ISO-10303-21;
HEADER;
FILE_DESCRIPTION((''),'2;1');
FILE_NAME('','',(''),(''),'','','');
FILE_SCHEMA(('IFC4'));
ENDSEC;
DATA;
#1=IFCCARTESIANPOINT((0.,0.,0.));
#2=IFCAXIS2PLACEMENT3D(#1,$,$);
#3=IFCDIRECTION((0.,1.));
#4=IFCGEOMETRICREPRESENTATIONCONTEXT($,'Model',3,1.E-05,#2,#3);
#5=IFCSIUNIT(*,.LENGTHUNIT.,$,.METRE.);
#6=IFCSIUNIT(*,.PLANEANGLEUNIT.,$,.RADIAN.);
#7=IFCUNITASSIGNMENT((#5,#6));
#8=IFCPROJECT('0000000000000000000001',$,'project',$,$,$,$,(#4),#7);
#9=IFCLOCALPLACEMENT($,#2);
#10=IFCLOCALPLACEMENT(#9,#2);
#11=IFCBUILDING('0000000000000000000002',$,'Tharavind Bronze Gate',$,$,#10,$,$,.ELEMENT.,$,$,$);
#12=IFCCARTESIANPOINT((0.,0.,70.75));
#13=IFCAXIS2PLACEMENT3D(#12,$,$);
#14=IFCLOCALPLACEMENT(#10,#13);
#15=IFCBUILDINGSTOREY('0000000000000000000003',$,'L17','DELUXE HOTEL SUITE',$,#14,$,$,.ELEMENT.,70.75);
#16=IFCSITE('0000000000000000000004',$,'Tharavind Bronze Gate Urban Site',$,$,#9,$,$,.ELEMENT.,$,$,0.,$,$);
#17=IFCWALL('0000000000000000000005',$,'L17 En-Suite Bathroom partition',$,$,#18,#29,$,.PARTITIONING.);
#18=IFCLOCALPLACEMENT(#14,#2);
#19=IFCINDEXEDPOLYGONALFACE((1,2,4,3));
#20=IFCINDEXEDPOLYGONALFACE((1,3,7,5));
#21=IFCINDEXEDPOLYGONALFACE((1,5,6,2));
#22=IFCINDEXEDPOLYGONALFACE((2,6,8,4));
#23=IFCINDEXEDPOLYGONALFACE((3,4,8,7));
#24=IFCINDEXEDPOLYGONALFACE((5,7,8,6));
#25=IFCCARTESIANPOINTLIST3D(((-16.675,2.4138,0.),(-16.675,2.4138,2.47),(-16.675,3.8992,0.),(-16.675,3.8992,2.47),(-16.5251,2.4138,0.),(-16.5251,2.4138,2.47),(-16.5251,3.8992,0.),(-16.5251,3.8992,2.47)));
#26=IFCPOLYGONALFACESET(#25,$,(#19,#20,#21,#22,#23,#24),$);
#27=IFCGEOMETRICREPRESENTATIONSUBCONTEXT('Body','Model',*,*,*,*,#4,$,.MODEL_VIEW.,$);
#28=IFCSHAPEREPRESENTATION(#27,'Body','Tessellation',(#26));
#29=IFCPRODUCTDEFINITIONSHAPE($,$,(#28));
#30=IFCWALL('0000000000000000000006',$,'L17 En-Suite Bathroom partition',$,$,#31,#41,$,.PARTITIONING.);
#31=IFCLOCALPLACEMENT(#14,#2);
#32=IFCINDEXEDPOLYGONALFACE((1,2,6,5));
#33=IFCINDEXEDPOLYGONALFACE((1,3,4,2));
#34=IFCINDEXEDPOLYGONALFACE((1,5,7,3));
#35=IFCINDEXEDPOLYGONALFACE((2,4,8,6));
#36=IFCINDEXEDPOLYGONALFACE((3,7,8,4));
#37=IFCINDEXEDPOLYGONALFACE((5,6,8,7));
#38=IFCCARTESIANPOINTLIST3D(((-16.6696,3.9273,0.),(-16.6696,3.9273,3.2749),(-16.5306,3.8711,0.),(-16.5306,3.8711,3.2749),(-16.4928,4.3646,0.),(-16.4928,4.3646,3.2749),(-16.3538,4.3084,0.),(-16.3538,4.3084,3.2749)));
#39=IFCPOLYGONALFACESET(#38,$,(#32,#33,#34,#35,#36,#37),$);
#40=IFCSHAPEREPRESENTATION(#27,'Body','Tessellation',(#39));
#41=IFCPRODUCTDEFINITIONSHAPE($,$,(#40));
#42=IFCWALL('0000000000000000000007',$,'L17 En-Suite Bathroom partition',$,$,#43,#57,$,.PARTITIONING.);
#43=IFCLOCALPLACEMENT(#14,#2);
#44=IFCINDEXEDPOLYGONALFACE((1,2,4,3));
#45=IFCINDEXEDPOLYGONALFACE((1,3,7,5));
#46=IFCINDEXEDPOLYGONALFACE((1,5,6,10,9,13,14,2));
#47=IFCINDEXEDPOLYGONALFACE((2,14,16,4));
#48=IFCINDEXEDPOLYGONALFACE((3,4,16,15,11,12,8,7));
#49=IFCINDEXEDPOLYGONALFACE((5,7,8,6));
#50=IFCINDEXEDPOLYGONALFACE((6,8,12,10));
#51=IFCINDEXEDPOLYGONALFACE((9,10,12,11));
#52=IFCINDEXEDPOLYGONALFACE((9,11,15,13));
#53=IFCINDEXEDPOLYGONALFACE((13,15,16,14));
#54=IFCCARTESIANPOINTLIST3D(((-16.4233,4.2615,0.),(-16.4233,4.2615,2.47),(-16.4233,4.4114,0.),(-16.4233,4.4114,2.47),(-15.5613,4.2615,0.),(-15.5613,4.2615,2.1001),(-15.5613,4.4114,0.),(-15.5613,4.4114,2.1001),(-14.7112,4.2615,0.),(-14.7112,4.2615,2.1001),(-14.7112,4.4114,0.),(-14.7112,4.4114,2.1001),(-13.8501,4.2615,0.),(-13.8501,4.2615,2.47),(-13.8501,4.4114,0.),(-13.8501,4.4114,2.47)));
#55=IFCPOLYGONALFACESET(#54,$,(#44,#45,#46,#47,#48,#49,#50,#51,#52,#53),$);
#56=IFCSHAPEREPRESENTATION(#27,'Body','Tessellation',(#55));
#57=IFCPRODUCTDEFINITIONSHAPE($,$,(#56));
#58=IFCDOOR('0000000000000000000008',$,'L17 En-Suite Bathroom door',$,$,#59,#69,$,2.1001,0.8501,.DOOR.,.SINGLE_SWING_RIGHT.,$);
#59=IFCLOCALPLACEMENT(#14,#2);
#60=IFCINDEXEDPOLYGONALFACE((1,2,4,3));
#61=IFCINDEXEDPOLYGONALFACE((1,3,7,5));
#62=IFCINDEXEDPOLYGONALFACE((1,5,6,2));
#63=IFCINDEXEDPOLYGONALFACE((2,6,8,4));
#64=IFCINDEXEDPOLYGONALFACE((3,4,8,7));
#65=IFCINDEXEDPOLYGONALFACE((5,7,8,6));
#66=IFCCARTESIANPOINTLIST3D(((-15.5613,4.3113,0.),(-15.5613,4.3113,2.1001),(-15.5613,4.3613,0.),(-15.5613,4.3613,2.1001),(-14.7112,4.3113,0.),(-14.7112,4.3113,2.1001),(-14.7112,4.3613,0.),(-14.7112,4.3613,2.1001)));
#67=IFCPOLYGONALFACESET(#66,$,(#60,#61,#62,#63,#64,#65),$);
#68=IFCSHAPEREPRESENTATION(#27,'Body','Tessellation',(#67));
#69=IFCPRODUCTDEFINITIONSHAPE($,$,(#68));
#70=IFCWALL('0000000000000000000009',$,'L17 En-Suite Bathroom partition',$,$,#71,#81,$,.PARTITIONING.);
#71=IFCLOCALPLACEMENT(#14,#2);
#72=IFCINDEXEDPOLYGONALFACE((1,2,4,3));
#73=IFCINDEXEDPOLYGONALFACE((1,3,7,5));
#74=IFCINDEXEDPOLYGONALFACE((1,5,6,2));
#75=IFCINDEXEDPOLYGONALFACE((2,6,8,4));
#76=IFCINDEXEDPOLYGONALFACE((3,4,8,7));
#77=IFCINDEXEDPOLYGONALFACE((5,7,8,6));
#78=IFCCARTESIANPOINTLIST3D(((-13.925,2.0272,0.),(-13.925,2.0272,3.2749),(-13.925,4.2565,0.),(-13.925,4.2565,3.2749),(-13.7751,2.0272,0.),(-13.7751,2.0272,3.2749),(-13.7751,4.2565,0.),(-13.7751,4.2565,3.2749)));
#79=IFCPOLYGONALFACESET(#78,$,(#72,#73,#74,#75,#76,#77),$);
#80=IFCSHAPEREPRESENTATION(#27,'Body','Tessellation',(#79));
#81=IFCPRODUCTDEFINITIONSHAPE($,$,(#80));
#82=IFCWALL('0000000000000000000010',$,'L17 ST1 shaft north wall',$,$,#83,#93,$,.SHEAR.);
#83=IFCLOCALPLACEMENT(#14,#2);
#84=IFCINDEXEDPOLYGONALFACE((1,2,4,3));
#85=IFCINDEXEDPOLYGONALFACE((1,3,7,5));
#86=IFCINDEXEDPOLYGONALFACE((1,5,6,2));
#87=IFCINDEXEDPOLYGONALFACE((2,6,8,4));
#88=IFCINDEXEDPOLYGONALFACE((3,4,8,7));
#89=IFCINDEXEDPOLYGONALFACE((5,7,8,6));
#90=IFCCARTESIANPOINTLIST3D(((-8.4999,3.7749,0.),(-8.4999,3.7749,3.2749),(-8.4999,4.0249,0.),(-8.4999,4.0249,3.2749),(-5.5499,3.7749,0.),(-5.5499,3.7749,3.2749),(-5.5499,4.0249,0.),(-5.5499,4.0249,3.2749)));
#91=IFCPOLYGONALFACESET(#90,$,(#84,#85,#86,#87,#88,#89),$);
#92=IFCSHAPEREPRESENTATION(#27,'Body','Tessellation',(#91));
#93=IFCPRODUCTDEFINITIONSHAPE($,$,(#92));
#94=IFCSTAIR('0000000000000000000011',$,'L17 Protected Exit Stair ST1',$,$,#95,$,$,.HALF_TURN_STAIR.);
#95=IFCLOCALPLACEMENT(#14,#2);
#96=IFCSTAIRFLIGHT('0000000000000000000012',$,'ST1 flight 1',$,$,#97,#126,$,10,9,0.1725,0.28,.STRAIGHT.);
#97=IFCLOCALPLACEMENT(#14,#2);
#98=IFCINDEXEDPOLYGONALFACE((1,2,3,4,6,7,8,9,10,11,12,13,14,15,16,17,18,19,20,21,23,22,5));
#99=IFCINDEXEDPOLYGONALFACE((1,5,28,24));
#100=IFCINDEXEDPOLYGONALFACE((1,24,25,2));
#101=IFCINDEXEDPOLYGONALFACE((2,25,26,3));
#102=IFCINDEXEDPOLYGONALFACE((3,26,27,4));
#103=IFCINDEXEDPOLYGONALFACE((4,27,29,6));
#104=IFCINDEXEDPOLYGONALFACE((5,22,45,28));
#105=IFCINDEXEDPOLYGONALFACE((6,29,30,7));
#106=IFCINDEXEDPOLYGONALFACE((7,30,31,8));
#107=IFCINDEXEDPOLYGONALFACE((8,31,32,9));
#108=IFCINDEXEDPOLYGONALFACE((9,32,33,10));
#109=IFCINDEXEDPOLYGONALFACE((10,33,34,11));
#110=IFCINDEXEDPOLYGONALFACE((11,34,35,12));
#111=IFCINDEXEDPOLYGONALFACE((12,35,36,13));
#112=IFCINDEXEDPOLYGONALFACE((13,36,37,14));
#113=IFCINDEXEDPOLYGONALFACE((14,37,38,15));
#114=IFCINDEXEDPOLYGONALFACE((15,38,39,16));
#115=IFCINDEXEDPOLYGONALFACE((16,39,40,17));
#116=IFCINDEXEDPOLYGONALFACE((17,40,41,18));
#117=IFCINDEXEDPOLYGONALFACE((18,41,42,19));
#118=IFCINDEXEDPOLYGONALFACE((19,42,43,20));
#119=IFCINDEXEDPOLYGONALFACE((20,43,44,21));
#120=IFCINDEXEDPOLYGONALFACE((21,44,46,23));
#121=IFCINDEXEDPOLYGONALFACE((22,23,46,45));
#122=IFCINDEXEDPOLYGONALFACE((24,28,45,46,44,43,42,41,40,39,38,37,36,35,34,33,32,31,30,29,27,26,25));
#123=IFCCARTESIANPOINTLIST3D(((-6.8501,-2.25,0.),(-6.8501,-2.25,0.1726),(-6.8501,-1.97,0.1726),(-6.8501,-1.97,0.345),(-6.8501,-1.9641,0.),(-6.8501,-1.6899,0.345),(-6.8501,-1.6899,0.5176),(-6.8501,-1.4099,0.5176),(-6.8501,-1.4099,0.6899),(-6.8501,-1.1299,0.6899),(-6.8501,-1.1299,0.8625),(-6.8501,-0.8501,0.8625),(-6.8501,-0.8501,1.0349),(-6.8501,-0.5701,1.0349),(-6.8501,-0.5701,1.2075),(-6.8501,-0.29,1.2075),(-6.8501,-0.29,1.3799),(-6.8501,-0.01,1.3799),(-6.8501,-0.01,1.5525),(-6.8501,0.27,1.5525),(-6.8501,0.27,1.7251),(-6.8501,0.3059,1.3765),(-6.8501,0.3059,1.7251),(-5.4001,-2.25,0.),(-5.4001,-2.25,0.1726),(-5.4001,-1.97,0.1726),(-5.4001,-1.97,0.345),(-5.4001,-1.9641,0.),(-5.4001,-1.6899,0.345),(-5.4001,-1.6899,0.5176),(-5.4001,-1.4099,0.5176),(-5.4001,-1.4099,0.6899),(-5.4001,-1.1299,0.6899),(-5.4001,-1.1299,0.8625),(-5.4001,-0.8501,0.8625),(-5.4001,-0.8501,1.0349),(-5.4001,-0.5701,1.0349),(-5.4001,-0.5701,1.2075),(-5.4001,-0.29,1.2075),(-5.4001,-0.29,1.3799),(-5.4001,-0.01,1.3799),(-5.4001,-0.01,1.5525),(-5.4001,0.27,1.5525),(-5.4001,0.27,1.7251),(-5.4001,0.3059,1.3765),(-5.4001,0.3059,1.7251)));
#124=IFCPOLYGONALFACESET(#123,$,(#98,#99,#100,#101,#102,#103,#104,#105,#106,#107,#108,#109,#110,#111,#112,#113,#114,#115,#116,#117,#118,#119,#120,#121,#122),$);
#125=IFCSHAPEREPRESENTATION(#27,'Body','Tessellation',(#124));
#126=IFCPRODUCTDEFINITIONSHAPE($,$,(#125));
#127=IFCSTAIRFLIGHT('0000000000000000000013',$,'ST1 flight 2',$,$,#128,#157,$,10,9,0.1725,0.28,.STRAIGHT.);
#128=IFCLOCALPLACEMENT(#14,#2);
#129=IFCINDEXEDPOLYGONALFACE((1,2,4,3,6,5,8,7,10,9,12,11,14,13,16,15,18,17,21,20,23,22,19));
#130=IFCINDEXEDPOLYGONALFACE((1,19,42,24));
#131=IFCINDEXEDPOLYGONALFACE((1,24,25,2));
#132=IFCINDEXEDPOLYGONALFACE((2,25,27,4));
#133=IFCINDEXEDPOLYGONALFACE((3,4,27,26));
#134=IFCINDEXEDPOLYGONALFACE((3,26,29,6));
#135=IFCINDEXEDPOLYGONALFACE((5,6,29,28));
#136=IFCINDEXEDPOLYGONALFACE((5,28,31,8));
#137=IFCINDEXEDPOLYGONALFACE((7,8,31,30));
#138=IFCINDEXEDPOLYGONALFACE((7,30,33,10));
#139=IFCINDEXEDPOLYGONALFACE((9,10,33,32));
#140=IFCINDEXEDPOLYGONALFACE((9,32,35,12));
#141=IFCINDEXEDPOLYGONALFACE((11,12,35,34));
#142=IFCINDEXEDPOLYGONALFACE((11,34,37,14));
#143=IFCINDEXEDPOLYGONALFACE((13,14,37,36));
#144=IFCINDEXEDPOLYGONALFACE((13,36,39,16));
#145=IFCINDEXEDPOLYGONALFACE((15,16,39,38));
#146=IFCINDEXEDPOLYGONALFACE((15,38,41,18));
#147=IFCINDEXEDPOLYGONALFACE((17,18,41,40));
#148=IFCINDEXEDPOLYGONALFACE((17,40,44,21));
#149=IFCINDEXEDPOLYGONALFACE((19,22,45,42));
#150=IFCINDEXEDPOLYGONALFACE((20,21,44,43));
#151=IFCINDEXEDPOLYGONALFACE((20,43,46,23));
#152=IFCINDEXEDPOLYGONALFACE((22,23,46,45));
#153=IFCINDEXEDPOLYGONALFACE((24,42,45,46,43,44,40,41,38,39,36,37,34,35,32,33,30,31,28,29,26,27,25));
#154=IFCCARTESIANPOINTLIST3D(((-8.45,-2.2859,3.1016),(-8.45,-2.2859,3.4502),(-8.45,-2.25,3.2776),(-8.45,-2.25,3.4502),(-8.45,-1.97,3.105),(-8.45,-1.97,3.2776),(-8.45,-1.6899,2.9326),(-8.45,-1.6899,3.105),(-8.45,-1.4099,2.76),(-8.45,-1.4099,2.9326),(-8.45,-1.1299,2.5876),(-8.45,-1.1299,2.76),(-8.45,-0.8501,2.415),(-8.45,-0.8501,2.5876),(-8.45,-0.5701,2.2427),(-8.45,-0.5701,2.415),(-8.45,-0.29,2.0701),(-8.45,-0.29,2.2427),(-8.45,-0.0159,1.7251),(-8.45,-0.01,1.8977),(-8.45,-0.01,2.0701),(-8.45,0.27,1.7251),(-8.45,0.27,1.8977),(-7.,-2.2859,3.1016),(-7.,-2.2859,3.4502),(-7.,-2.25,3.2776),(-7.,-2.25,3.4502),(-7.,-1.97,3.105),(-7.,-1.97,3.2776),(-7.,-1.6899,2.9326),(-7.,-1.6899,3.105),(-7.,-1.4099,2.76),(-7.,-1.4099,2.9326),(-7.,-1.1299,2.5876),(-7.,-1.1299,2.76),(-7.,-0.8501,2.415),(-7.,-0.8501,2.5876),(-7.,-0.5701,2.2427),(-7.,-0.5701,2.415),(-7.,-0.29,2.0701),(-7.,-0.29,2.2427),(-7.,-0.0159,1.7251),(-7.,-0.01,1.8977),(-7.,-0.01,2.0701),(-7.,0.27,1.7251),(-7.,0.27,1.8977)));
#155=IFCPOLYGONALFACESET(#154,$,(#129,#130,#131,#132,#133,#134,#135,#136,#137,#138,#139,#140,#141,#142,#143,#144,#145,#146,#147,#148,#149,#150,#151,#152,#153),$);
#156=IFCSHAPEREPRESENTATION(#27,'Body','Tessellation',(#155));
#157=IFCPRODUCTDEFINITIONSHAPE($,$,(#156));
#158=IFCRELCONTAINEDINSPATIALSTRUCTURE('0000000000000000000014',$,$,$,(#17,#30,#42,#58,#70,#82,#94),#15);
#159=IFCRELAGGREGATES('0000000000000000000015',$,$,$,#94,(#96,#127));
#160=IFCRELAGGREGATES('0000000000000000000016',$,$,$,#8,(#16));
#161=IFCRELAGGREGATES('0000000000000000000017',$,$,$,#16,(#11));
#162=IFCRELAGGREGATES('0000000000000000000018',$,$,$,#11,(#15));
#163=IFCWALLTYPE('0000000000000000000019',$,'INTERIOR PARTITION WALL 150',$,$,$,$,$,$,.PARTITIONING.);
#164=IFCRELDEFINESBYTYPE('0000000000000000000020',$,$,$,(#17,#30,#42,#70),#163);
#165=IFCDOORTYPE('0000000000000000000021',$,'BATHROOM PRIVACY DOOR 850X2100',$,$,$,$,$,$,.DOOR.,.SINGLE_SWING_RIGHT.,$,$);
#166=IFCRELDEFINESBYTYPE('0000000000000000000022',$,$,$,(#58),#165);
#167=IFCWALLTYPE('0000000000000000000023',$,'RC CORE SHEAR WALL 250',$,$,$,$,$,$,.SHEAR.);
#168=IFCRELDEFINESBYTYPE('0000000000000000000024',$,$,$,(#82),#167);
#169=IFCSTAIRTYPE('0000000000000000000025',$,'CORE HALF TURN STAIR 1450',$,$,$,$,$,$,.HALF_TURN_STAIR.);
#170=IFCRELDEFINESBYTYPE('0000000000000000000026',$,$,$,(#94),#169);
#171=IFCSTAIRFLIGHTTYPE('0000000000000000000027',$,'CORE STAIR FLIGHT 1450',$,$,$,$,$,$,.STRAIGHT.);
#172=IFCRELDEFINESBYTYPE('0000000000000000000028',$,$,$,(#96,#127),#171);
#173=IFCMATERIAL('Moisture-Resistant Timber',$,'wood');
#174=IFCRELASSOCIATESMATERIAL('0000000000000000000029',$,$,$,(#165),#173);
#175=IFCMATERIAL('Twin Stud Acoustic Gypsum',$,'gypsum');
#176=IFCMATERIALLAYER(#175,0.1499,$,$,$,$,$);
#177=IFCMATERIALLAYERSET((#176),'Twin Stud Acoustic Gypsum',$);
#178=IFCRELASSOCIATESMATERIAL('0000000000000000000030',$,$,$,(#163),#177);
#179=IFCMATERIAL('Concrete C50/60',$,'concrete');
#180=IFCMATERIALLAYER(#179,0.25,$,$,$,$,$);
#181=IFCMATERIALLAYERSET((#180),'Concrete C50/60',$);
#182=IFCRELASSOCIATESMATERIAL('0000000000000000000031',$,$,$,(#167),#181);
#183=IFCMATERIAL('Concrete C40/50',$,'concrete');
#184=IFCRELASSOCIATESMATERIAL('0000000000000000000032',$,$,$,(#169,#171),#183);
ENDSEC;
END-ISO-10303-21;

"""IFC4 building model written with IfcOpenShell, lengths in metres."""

from ifc_helpers import new_model, si_unit, direction, frame, frame_2d, origin, place, context, subcontext, project, spatial, polyline, rectangle, outline, extrude, material, layer, layer_set, type_object, element, fill, aggregate, save


model = new_model("IFC4")

# Units and contexts
model_context = context("Model", 3, precision=1e-05, world=origin(), true_north=direction((0.0, 1.0)))
body_context = subcontext(model_context, "Body", "Model", "MODEL_VIEW")
ifc_project = project(units=[si_unit("LENGTHUNIT", "METRE"), si_unit("PLANEANGLEUNIT", "RADIAN")], contexts=[model_context])

# Site, building, storey
site_placement = place(None, origin())
site = spatial("IfcSite", under=ifc_project, at=site_placement, Name="Tharavind Bronze Gate Urban Site", CompositionType="ELEMENT", RefElevation=0.0)
building_placement = place(site_placement, origin())
building = spatial("IfcBuilding", under=site, at=building_placement, Name="Tharavind Bronze Gate", CompositionType="ELEMENT")
storey_placement = place(building_placement, frame((0.0, 0.0, 70.75)))
storey = spatial("IfcBuildingStorey", under=building, at=storey_placement, Name="L17", Description="DELUXE HOTEL SUITE", CompositionType="ELEMENT", Elevation=70.75)

# Shared definitions
ifc_material_1 = material(Name="Moisture-Resistant Timber", Category="wood")
door_type_1 = type_object("IfcDoorType", Name="BATHROOM PRIVACY DOOR 850X2100", OperationType="SINGLE_SWING_RIGHT", PredefinedType="DOOR", material=ifc_material_1)

# Walls
ifc_material_2 = material(Name="Twin Stud Acoustic Gypsum", Category="gypsum")
ifc_layer_1 = layer(ifc_material_2, 0.1499)
ifc_layer_set_1 = layer_set([ifc_layer_1], Name="Twin Stud Acoustic Gypsum")
wall_type_1 = type_object("IfcWallType", Name="INTERIOR PARTITION WALL 150", PredefinedType="PARTITIONING", material=ifc_layer_set_1)
wall_1_placement = place(storey_placement, frame((-16.6001, 2.4138, 0.0), z_axis=(0.0, 0.0, 1.0), x_axis=(0.0, 1.0, 0.0)))
element("IfcWall", 1, at=wall_1_placement, inside=storey, type_object=wall_type_1, Name="L17 En-Suite Bathroom partition", PredefinedType="PARTITIONING", context=body_context, shape_type="SweptSolid", body=[
    extrude(rectangle(XDim=1.4854, YDim=0.1499, at=frame_2d((0.7427, 0.0))), origin(), (0.0, 0.0, 1.0), 2.47),
])
wall_2_placement = place(storey_placement, frame((-16.6001, 3.8992, 0.0), z_axis=(0.0, 0.0, 1.0), x_axis=(0.37478, 0.927114, 0.0)))
element("IfcWall", 2, at=wall_2_placement, inside=storey, type_object=wall_type_1, Name="L17 En-Suite Bathroom partition", PredefinedType="PARTITIONING", context=body_context, shape_type="SweptSolid", body=[
    extrude(rectangle(XDim=0.4717, YDim=0.1499, at=frame_2d((0.2358, 0.0))), origin(), (0.0, 0.0, 1.0), 3.2749),
])

# Wall, opening, door
wall_3_placement = place(storey_placement, frame((-16.4233, 4.3364, 0.0), z_axis=(0.0, 0.0, 1.0), x_axis=(1.0, 0.0, 0.0)))
wall_3 = element("IfcWall", 3, at=wall_3_placement, inside=storey, type_object=wall_type_1, Name="L17 En-Suite Bathroom partition", PredefinedType="PARTITIONING", context=body_context, shape_type="SweptSolid", body=[
    extrude(rectangle(XDim=2.5732, YDim=0.1499, at=frame_2d((1.2866, 0.0))), origin(), (0.0, 0.0, 1.0), 2.47),
])
opening_1_placement = place(wall_3_placement, frame((0.8621, 0.0, 0.0)))
opening_1 = element("IfcOpeningElement", 4, at=opening_1_placement, cuts=wall_3, PredefinedType="OPENING", context=body_context, shape_type="SweptSolid", body=[
    extrude(rectangle(XDim=0.8501, YDim=2.1001, at=frame_2d((0.425, 1.05))), frame((0.0, 0.085, 0.0), z_axis=(0.0, -1.0, 0.0), x_axis=(1.0, 0.0, 0.0)), (0.0, 0.0, 1.0), 0.1699),
])
door_1_placement = place(opening_1_placement, origin())
door_1 = element("IfcDoor", 5, at=door_1_placement, inside=storey, type_object=door_type_1, Name="L17 En-Suite Bathroom door", OperationType="SINGLE_SWING_RIGHT", OverallHeight=2.1001, OverallWidth=0.8501, PredefinedType="DOOR", context=body_context, shape_type="SweptSolid", body=[
    extrude(rectangle(XDim=0.8501, YDim=2.1001, at=frame_2d((0.425, 1.05))), frame((0.0, 0.0249, 0.0), z_axis=(0.0, -1.0, 0.0), x_axis=(1.0, 0.0, 0.0)), (0.0, 0.0, 1.0), 0.05),
])
fill(opening_1, door_1)

# Walls
wall_4_placement = place(storey_placement, frame((-13.8501, 4.2566, 0.0), z_axis=(0.0, 0.0, 1.0), x_axis=(0.0, -1.0, 0.0)))
element("IfcWall", 6, at=wall_4_placement, inside=storey, type_object=wall_type_1, Name="L17 En-Suite Bathroom partition", PredefinedType="PARTITIONING", context=body_context, shape_type="SweptSolid", body=[
    extrude(rectangle(XDim=2.2292, YDim=0.1499, at=frame_2d((1.1147, 0.0))), origin(), (0.0, 0.0, 1.0), 3.2749),
])
ifc_material_3 = material(Name="Concrete C50/60", Category="concrete")
ifc_layer_2 = layer(ifc_material_3, 0.25)
ifc_layer_set_2 = layer_set([ifc_layer_2], Name="Concrete C50/60")
wall_type_2 = type_object("IfcWallType", Name="RC CORE SHEAR WALL 250", PredefinedType="SHEAR", material=ifc_layer_set_2)
wall_5_placement = place(storey_placement, frame((-8.5, 3.8999, 0.0), z_axis=(0.0, 0.0, 1.0), x_axis=(1.0, 0.0, 0.0)))
element("IfcWall", 7, at=wall_5_placement, inside=storey, type_object=wall_type_2, Name="L17 ST1 shaft north wall", PredefinedType="SHEAR", context=body_context, shape_type="SweptSolid", body=[
    extrude(rectangle(XDim=2.95, YDim=0.25, at=frame_2d((1.4751, 0.0))), origin(), (0.0, 0.0, 1.0), 3.2749),
])

# Stair, stair flights
ifc_material_4 = material(Name="Concrete C40/50", Category="concrete")
stair_type = type_object("IfcStairType", Name="CORE HALF TURN STAIR 1450", PredefinedType="HALF_TURN_STAIR", material=ifc_material_4)
stair_placement = place(storey_placement, origin())
stair = element("IfcStair", 8, at=stair_placement, inside=storey, type_object=stair_type, Name="L17 Protected Exit Stair ST1", PredefinedType="HALF_TURN_STAIR")
stair_flight_type = type_object("IfcStairFlightType", Name="CORE STAIR FLIGHT 1450", PredefinedType="STRAIGHT", material=ifc_material_4)
stair_flight_1_placement = place(storey_placement, frame((-6.125, -2.25, 0.0), z_axis=(0.0, 0.0, 1.0), x_axis=(0.0, 1.0, 0.0)))
stair_flight_1 = element("IfcStairFlight", 9, at=stair_flight_1_placement, type_object=stair_flight_type, Name="ST1 flight 1", NumberOfRisers=10, NumberOfTreads=9, PredefinedType="STRAIGHT", RiserHeight=0.1725, TreadLength=0.28, context=body_context, shape_type="SweptSolid", body=[
    extrude(outline(polyline([(0.0, 0.0), (0.0, 0.1726), (0.28, 0.1726), (0.28, 0.345), (0.5601, 0.345), (0.5601, 0.5176), (0.8401, 0.5176), (0.8401, 0.6899), (1.1201, 0.6899), (1.1201, 0.8625), (1.3999, 0.8625), (1.3999, 1.0349), (1.6799, 1.0349), (1.6799, 1.2075), (1.96, 1.2075), (1.96, 1.3799), (2.24, 1.3799), (2.24, 1.5525), (2.52, 1.5525), (2.52, 1.7251), (2.5559, 1.7251), (2.5559, 1.3765), (0.2859, 0.0), (0.0, 0.0)])), frame((0.0, 0.7251, 0.0), z_axis=(0.0, -1.0, 0.0), x_axis=(1.0, 0.0, 0.0)), (0.0, 0.0, 1.0), 1.45),
])
stair_flight_2_placement = place(storey_placement, frame((-7.7251, 0.27, 1.7251), z_axis=(0.0, 0.0, 1.0), x_axis=(0.0, -1.0, 0.0)))
stair_flight_2 = element("IfcStairFlight", 10, at=stair_flight_2_placement, type_object=stair_flight_type, Name="ST1 flight 2", NumberOfRisers=10, NumberOfTreads=9, PredefinedType="STRAIGHT", RiserHeight=0.1725, TreadLength=0.28, context=body_context, shape_type="SweptSolid", body=[
    extrude(outline(polyline([(0.0, 0.0), (0.0, 0.1726), (0.28, 0.1726), (0.28, 0.345), (0.5601, 0.345), (0.5601, 0.5176), (0.8401, 0.5176), (0.8401, 0.6899), (1.1201, 0.6899), (1.1201, 0.8625), (1.3999, 0.8625), (1.3999, 1.0349), (1.6799, 1.0349), (1.6799, 1.2075), (1.96, 1.2075), (1.96, 1.3799), (2.24, 1.3799), (2.24, 1.5525), (2.52, 1.5525), (2.52, 1.7251), (2.5559, 1.7251), (2.5559, 1.3765), (0.2859, 0.0), (0.0, 0.0)])), frame((0.0, 0.7251, 0.0), z_axis=(0.0, -1.0, 0.0), x_axis=(1.0, 0.0, 0.0)), (0.0, 0.0, 1.0), 1.45),
])
aggregate(stair, [stair_flight_1, stair_flight_2])

save(model, "model.ifc")
